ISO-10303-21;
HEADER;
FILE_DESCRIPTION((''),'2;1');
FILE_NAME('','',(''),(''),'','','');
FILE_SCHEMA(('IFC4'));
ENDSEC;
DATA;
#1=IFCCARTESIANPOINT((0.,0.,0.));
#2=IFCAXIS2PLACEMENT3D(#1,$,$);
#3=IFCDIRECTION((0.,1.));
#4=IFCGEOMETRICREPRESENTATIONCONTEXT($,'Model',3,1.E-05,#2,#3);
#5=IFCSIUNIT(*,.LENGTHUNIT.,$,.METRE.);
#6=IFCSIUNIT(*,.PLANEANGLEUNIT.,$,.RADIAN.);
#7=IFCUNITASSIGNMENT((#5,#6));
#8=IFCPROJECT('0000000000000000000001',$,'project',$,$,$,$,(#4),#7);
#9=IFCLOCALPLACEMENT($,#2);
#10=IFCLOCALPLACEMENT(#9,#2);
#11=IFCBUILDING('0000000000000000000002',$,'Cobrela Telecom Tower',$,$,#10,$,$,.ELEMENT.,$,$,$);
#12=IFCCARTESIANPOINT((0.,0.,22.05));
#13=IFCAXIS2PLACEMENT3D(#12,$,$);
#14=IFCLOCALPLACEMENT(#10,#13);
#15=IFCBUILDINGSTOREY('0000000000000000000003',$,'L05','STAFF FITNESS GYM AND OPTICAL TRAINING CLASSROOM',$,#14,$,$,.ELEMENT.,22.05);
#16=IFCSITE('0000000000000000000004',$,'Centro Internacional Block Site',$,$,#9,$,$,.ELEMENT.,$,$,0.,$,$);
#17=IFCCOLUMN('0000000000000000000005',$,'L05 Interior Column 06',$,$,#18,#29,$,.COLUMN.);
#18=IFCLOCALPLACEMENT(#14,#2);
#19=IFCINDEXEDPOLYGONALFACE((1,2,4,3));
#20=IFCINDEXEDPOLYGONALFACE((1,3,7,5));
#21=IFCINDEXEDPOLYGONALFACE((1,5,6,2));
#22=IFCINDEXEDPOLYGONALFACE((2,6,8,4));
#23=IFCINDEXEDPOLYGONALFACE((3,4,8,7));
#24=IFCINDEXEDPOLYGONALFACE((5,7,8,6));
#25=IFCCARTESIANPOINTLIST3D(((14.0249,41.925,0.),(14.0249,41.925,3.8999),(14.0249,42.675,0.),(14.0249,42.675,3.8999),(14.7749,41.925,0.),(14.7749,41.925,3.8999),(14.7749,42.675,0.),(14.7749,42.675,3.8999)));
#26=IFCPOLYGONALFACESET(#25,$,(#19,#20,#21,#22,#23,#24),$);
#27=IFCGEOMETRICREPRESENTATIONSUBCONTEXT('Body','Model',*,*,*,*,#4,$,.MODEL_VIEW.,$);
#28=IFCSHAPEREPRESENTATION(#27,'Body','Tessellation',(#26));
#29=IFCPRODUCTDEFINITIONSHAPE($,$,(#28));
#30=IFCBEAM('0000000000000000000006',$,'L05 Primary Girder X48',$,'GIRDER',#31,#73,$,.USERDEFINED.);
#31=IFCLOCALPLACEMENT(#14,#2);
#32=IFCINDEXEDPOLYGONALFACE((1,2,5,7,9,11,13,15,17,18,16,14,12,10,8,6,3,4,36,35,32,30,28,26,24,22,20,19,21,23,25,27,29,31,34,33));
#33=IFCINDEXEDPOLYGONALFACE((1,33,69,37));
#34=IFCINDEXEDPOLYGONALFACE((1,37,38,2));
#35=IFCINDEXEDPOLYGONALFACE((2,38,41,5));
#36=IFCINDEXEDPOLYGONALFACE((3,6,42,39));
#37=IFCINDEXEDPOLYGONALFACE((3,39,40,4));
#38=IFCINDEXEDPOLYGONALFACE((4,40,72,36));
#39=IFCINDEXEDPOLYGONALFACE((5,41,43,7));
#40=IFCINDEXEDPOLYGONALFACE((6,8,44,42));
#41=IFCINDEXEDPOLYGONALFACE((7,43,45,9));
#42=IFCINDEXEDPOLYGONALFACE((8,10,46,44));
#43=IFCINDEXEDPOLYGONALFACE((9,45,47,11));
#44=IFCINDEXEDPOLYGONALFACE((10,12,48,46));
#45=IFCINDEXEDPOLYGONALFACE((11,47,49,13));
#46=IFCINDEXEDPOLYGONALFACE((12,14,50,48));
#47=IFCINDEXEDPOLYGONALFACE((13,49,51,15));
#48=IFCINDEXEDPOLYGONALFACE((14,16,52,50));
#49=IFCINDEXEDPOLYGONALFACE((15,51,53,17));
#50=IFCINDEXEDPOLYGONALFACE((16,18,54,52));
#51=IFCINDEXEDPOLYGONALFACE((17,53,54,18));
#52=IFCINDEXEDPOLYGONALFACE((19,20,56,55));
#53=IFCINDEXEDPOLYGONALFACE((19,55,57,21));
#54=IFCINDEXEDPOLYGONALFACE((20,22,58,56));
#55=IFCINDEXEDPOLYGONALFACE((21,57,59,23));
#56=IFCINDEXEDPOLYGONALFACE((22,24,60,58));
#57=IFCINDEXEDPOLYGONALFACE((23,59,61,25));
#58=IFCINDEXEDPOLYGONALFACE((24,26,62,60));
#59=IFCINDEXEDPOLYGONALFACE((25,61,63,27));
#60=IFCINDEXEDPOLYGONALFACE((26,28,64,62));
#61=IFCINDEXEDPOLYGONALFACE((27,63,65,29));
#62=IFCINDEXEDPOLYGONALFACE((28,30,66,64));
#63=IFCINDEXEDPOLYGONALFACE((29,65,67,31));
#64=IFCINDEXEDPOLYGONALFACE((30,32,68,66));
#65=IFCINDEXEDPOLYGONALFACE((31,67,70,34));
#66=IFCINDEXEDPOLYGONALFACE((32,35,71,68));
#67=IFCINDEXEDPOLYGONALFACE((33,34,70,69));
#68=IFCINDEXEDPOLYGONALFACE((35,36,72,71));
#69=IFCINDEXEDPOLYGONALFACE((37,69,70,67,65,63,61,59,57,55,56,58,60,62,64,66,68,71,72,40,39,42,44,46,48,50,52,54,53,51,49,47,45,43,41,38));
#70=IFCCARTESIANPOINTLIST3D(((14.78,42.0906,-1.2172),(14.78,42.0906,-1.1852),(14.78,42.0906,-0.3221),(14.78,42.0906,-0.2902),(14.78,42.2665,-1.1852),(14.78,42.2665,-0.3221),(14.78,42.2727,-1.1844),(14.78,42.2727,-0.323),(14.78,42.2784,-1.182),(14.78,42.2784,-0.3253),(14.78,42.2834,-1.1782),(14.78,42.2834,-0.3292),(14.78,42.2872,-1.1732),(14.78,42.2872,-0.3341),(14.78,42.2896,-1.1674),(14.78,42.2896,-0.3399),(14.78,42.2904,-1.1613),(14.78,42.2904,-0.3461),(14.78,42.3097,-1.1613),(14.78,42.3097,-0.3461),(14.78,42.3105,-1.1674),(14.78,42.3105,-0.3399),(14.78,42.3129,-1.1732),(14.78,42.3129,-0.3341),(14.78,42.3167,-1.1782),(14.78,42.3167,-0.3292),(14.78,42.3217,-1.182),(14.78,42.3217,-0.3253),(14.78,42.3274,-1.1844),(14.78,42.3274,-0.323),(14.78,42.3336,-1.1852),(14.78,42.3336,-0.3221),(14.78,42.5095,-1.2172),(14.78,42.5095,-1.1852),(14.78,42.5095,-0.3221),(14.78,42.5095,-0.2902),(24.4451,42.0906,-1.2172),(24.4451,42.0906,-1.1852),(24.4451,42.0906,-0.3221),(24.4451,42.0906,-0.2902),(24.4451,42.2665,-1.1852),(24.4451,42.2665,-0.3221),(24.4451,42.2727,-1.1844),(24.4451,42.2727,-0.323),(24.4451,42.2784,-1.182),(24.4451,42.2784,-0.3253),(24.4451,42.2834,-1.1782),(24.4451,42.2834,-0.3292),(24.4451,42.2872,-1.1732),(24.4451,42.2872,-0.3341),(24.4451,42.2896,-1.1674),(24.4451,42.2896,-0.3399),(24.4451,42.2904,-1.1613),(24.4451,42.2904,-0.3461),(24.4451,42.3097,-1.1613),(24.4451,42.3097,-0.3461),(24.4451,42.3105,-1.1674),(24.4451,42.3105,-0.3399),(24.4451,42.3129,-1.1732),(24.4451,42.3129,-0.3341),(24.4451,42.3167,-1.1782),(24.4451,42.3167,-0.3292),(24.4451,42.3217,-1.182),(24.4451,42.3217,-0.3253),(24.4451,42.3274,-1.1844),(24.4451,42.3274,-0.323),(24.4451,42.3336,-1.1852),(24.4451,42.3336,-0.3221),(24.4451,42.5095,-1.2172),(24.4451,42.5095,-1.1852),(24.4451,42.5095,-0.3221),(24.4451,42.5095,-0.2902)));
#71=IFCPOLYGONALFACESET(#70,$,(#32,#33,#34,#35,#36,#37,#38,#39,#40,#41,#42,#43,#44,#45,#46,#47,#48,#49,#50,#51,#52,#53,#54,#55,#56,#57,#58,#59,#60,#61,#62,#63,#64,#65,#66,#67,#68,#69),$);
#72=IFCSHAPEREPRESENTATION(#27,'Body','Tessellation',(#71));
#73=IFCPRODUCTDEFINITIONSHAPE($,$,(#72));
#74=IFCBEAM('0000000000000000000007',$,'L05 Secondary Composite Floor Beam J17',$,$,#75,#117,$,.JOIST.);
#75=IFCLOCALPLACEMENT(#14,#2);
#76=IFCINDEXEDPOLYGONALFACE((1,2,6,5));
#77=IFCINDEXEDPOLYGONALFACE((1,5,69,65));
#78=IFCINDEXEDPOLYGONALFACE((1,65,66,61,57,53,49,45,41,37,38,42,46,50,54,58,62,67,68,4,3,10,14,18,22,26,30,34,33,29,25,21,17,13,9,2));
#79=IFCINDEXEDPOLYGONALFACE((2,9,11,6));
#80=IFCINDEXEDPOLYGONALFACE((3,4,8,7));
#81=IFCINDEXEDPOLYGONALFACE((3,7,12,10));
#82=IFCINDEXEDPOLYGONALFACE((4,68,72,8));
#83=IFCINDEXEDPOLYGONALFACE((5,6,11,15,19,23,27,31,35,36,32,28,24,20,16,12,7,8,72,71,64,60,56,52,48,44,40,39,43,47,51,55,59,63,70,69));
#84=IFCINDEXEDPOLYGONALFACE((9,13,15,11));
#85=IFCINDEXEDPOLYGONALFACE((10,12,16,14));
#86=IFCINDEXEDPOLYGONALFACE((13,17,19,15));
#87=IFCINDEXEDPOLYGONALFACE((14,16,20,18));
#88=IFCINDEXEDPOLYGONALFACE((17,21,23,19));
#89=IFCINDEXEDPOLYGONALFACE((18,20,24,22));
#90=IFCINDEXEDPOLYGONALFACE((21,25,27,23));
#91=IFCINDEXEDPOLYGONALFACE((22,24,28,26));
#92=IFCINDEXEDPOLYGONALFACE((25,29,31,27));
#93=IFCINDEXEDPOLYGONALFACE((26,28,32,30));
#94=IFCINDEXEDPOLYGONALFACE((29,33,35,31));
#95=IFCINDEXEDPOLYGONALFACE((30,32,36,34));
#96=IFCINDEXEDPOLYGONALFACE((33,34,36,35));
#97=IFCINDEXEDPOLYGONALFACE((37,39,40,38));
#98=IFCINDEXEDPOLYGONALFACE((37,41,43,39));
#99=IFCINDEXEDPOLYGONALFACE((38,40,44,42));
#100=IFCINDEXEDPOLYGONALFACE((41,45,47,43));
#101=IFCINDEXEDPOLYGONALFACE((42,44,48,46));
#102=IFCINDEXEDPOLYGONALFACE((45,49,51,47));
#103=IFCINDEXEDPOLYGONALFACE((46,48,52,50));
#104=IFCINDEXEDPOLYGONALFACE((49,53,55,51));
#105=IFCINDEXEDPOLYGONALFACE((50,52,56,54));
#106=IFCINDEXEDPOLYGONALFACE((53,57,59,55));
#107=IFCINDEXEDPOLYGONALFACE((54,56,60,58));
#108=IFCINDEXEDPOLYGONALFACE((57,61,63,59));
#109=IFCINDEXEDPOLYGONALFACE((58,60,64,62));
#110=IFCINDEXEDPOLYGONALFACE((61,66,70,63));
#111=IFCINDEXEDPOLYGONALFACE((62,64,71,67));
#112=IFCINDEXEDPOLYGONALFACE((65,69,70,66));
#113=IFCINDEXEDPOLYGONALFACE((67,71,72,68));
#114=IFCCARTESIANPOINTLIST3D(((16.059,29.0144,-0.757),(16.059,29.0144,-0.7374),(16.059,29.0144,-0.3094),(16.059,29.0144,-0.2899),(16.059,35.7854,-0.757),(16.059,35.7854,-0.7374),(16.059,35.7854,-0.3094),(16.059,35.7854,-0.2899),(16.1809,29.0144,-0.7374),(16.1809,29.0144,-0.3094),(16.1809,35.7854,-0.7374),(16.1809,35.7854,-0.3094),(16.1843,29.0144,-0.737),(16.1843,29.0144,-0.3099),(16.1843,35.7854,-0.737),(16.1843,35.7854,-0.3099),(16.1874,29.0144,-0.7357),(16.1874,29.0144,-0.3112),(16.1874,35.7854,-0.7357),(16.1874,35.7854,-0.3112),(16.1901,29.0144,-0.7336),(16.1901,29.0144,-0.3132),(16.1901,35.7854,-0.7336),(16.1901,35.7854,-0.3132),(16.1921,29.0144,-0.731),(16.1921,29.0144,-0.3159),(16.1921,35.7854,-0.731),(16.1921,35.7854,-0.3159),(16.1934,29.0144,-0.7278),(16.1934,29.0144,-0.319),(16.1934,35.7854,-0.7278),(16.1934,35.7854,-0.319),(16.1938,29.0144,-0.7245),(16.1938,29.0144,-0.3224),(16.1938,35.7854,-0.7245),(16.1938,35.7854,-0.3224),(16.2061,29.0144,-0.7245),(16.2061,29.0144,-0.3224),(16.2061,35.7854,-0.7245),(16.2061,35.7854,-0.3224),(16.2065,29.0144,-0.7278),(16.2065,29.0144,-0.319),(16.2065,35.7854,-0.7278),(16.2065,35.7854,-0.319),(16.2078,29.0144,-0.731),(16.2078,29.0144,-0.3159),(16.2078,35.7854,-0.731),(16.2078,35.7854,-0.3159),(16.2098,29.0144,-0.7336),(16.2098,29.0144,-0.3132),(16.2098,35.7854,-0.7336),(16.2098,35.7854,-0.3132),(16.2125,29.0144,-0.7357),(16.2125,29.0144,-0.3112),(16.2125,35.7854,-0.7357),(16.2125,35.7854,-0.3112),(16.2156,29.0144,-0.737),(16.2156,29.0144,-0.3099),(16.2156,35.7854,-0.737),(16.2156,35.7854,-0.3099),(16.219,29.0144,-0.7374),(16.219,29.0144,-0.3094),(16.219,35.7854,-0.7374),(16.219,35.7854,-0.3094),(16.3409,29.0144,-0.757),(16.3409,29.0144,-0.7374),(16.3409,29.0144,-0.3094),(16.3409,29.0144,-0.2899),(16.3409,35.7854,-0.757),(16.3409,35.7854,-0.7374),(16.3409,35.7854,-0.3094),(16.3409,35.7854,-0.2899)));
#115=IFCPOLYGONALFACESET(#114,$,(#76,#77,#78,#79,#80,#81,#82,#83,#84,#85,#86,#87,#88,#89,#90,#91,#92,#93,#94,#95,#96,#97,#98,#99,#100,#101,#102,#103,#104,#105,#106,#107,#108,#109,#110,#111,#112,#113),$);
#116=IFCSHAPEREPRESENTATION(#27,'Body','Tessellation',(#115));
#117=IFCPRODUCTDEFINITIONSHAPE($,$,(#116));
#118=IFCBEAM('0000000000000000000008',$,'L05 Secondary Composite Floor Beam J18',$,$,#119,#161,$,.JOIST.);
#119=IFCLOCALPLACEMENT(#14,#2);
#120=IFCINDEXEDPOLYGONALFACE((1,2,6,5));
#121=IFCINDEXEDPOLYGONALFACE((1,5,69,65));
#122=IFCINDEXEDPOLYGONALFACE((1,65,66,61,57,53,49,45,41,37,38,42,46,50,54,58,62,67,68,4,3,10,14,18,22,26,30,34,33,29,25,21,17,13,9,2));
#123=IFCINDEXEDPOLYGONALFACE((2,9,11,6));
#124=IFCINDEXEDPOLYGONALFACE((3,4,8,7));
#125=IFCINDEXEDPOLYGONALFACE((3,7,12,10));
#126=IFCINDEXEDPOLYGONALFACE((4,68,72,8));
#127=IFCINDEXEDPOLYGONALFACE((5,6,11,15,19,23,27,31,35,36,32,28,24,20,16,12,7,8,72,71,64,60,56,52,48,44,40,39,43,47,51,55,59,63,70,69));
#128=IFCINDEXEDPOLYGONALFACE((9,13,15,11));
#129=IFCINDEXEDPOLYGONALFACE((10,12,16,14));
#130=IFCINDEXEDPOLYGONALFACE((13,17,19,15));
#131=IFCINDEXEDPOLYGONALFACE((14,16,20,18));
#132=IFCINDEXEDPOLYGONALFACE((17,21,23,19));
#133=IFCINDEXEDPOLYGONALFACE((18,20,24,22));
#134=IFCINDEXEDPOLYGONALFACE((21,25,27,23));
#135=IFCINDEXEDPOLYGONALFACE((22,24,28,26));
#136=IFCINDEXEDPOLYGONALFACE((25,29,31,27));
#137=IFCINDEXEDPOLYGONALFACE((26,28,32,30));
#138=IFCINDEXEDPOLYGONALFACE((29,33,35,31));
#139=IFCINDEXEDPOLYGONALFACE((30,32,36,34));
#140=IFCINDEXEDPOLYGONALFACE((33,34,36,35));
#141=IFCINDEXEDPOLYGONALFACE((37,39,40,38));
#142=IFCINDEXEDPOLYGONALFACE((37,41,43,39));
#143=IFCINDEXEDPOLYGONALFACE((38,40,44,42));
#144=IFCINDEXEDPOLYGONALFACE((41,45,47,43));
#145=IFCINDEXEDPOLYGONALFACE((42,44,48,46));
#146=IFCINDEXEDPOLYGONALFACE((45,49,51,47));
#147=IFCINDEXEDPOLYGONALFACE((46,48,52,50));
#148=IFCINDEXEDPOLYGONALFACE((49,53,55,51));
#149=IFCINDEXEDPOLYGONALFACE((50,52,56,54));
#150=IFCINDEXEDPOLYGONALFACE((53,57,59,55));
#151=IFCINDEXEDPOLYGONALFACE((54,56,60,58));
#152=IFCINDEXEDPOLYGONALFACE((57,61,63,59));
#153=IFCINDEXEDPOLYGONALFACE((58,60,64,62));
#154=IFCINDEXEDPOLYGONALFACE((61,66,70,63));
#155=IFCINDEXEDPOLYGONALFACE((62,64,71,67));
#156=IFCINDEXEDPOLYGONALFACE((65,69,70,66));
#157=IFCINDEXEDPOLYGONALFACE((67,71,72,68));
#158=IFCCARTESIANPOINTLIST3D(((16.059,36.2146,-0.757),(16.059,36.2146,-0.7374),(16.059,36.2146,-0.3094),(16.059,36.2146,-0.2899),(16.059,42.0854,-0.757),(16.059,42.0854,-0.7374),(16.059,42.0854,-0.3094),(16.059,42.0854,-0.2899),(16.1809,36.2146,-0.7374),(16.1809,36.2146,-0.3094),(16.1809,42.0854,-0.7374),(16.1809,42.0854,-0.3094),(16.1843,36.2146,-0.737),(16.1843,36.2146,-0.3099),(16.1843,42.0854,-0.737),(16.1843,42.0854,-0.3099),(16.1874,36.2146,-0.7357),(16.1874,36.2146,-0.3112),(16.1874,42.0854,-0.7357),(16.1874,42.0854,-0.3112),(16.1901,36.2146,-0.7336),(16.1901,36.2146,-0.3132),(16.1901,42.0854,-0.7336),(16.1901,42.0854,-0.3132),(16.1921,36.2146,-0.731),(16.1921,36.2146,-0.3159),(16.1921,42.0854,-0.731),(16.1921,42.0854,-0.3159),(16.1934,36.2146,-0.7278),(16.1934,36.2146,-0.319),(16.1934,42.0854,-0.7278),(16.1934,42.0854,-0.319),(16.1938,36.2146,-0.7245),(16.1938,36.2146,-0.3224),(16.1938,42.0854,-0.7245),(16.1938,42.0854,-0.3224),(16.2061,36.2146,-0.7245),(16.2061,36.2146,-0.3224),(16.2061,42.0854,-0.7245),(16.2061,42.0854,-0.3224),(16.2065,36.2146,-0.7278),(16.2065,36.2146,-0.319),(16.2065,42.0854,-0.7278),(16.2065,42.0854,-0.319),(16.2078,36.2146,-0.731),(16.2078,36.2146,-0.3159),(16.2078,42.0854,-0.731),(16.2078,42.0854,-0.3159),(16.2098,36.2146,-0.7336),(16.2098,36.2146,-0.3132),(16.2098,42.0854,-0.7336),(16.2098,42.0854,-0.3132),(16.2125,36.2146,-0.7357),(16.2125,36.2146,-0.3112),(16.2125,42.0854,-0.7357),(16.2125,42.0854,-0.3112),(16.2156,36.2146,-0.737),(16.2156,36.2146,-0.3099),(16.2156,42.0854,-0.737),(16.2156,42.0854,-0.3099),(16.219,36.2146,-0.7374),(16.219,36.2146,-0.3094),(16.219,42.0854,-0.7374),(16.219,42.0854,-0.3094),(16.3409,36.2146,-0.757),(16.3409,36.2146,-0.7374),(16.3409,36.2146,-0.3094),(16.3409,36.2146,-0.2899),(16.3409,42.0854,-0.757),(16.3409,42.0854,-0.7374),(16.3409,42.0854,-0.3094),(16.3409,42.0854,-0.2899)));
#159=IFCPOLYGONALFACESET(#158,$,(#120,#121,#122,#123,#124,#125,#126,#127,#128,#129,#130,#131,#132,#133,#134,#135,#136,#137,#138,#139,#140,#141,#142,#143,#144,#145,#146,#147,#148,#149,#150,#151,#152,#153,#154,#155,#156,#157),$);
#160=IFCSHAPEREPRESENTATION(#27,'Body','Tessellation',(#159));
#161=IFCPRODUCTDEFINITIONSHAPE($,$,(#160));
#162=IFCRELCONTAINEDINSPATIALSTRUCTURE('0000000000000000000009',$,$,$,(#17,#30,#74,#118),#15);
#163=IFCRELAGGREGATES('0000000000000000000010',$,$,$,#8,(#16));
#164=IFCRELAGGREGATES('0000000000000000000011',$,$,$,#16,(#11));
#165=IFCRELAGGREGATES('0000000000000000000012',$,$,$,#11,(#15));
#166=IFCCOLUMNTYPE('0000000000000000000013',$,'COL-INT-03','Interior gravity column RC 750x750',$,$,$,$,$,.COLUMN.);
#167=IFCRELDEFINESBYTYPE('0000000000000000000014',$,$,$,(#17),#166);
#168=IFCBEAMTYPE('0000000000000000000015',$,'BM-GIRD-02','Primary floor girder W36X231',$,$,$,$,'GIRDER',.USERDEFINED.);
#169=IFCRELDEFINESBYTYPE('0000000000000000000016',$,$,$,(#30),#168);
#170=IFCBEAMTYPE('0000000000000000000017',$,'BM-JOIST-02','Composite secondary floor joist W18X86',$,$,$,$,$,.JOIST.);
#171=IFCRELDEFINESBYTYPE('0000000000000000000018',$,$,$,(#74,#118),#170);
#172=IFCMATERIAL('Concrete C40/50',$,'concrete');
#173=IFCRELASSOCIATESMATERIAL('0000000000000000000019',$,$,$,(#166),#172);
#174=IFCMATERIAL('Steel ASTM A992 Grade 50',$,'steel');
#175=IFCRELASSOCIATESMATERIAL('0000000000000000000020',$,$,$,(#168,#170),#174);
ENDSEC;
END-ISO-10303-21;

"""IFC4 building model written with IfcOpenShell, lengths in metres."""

from ifc_helpers import new_model, si_unit, direction, frame, origin, origin_2d, place, context, subcontext, project, spatial, rectangle, i_section, extrude, material, material_profile, profile_set, type_object, element, save


model = new_model("IFC4")

# Units and contexts
model_context = context("Model", 3, precision=1e-05, world=origin(), true_north=direction((0.0, 1.0)))
body_context = subcontext(model_context, "Body", "Model", "MODEL_VIEW")
ifc_project = project(units=[si_unit("LENGTHUNIT", "METRE"), si_unit("PLANEANGLEUNIT", "RADIAN")], contexts=[model_context])

# Site, building, storey
site_placement = place(None, origin())
site = spatial("IfcSite", under=ifc_project, at=site_placement, Name="Centro Internacional Block Site", CompositionType="ELEMENT", RefElevation=0.0)
building_placement = place(site_placement, origin())
building = spatial("IfcBuilding", under=site, at=building_placement, Name="Cobrela Telecom Tower", CompositionType="ELEMENT")
storey_placement = place(building_placement, frame((0.0, 0.0, 22.05)))
storey = spatial("IfcBuildingStorey", under=building, at=storey_placement, Name="L05", Description="STAFF FITNESS GYM AND OPTICAL TRAINING CLASSROOM", CompositionType="ELEMENT", Elevation=22.05)

# Column
ifc_material_1 = material(Name="Concrete C40/50", Category="concrete")
ifc_material_profile_1 = material_profile(ifc_material_1, rectangle(XDim=0.75, YDim=0.75, at=origin_2d()), Name="RC 750x750")
ifc_profile_set_1 = profile_set([ifc_material_profile_1], Name="Concrete C40/50")
column_type = type_object("IfcColumnType", Name="COL-INT-03", Description="Interior gravity column RC 750x750", PredefinedType="COLUMN", material=ifc_profile_set_1)
column_placement = place(storey_placement, frame((14.3999, 42.3, 0.0), z_axis=(0.0, 0.0, 1.0), x_axis=(1.0, 0.0, 0.0)))
element("IfcColumn", 1, at=column_placement, inside=storey, type_object=column_type, Name="L05 Interior Column 06", PredefinedType="COLUMN", context=body_context, shape_type="SweptSolid", body=[
    extrude(rectangle(XDim=0.75, YDim=0.75, at=origin_2d()), origin(), (0.0, 0.0, 1.0), 3.8999),
])

# Beams
ifc_material_2 = material(Name="Steel ASTM A992 Grade 50", Category="steel")
ifc_material_profile_2 = material_profile(ifc_material_2, i_section(OverallWidth=0.4189, OverallDepth=0.927, WebThickness=0.0193, FlangeThickness=0.032, FilletRadius=0.0239, at=origin_2d()), Name="W36X231")
ifc_profile_set_2 = profile_set([ifc_material_profile_2], Name="Steel ASTM A992 Grade 50")
beam_type_1 = type_object("IfcBeamType", Name="BM-GIRD-02", Description="Primary floor girder W36X231", ElementType="GIRDER", PredefinedType="USERDEFINED", material=ifc_profile_set_2)
beam_1_placement = place(storey_placement, frame((14.78, 42.3, -0.7537), z_axis=(1.0, 0.0, 0.0), x_axis=(0.0, 1.0, 0.0)))
element("IfcBeam", 2, at=beam_1_placement, inside=storey, type_object=beam_type_1, Name="L05 Primary Girder X48", ObjectType="GIRDER", PredefinedType="USERDEFINED", context=body_context, shape_type="SweptSolid", body=[
    extrude(i_section(OverallWidth=0.4189, OverallDepth=0.927, WebThickness=0.0193, FlangeThickness=0.032, FilletRadius=0.0239, at=origin_2d()), origin(), (0.0, 0.0, 1.0), 9.665),
])
ifc_material_profile_3 = material_profile(ifc_material_2, i_section(OverallWidth=0.282, OverallDepth=0.467, WebThickness=0.0122, FlangeThickness=0.0195, FilletRadius=0.0129, at=origin_2d()), Name="W18X86")
ifc_profile_set_3 = profile_set([ifc_material_profile_3], Name="Steel ASTM A992 Grade 50")
beam_type_2 = type_object("IfcBeamType", Name="BM-JOIST-02", Description="Composite secondary floor joist W18X86", PredefinedType="JOIST", material=ifc_profile_set_3)
beam_2_placement = place(storey_placement, frame((16.2, 29.0144, -0.5234), z_axis=(0.0, 1.0, 0.0), x_axis=(-1.0, 0.0, 0.0)))
element("IfcBeam", 3, at=beam_2_placement, inside=storey, type_object=beam_type_2, Name="L05 Secondary Composite Floor Beam J17", PredefinedType="JOIST", context=body_context, shape_type="SweptSolid", body=[
    extrude(i_section(OverallWidth=0.282, OverallDepth=0.467, WebThickness=0.0122, FlangeThickness=0.0195, FilletRadius=0.0129, at=origin_2d()), origin(), (0.0, 0.0, 1.0), 6.771),
])
beam_3_placement = place(storey_placement, frame((16.2, 36.2146, -0.5234), z_axis=(0.0, 1.0, 0.0), x_axis=(-1.0, 0.0, 0.0)))
element("IfcBeam", 4, at=beam_3_placement, inside=storey, type_object=beam_type_2, Name="L05 Secondary Composite Floor Beam J18", PredefinedType="JOIST", context=body_context, shape_type="SweptSolid", body=[
    extrude(i_section(OverallWidth=0.282, OverallDepth=0.467, WebThickness=0.0122, FlangeThickness=0.0195, FilletRadius=0.0129, at=origin_2d()), origin(), (0.0, 0.0, 1.0), 5.8708),
])

save(model, "model.ifc")
